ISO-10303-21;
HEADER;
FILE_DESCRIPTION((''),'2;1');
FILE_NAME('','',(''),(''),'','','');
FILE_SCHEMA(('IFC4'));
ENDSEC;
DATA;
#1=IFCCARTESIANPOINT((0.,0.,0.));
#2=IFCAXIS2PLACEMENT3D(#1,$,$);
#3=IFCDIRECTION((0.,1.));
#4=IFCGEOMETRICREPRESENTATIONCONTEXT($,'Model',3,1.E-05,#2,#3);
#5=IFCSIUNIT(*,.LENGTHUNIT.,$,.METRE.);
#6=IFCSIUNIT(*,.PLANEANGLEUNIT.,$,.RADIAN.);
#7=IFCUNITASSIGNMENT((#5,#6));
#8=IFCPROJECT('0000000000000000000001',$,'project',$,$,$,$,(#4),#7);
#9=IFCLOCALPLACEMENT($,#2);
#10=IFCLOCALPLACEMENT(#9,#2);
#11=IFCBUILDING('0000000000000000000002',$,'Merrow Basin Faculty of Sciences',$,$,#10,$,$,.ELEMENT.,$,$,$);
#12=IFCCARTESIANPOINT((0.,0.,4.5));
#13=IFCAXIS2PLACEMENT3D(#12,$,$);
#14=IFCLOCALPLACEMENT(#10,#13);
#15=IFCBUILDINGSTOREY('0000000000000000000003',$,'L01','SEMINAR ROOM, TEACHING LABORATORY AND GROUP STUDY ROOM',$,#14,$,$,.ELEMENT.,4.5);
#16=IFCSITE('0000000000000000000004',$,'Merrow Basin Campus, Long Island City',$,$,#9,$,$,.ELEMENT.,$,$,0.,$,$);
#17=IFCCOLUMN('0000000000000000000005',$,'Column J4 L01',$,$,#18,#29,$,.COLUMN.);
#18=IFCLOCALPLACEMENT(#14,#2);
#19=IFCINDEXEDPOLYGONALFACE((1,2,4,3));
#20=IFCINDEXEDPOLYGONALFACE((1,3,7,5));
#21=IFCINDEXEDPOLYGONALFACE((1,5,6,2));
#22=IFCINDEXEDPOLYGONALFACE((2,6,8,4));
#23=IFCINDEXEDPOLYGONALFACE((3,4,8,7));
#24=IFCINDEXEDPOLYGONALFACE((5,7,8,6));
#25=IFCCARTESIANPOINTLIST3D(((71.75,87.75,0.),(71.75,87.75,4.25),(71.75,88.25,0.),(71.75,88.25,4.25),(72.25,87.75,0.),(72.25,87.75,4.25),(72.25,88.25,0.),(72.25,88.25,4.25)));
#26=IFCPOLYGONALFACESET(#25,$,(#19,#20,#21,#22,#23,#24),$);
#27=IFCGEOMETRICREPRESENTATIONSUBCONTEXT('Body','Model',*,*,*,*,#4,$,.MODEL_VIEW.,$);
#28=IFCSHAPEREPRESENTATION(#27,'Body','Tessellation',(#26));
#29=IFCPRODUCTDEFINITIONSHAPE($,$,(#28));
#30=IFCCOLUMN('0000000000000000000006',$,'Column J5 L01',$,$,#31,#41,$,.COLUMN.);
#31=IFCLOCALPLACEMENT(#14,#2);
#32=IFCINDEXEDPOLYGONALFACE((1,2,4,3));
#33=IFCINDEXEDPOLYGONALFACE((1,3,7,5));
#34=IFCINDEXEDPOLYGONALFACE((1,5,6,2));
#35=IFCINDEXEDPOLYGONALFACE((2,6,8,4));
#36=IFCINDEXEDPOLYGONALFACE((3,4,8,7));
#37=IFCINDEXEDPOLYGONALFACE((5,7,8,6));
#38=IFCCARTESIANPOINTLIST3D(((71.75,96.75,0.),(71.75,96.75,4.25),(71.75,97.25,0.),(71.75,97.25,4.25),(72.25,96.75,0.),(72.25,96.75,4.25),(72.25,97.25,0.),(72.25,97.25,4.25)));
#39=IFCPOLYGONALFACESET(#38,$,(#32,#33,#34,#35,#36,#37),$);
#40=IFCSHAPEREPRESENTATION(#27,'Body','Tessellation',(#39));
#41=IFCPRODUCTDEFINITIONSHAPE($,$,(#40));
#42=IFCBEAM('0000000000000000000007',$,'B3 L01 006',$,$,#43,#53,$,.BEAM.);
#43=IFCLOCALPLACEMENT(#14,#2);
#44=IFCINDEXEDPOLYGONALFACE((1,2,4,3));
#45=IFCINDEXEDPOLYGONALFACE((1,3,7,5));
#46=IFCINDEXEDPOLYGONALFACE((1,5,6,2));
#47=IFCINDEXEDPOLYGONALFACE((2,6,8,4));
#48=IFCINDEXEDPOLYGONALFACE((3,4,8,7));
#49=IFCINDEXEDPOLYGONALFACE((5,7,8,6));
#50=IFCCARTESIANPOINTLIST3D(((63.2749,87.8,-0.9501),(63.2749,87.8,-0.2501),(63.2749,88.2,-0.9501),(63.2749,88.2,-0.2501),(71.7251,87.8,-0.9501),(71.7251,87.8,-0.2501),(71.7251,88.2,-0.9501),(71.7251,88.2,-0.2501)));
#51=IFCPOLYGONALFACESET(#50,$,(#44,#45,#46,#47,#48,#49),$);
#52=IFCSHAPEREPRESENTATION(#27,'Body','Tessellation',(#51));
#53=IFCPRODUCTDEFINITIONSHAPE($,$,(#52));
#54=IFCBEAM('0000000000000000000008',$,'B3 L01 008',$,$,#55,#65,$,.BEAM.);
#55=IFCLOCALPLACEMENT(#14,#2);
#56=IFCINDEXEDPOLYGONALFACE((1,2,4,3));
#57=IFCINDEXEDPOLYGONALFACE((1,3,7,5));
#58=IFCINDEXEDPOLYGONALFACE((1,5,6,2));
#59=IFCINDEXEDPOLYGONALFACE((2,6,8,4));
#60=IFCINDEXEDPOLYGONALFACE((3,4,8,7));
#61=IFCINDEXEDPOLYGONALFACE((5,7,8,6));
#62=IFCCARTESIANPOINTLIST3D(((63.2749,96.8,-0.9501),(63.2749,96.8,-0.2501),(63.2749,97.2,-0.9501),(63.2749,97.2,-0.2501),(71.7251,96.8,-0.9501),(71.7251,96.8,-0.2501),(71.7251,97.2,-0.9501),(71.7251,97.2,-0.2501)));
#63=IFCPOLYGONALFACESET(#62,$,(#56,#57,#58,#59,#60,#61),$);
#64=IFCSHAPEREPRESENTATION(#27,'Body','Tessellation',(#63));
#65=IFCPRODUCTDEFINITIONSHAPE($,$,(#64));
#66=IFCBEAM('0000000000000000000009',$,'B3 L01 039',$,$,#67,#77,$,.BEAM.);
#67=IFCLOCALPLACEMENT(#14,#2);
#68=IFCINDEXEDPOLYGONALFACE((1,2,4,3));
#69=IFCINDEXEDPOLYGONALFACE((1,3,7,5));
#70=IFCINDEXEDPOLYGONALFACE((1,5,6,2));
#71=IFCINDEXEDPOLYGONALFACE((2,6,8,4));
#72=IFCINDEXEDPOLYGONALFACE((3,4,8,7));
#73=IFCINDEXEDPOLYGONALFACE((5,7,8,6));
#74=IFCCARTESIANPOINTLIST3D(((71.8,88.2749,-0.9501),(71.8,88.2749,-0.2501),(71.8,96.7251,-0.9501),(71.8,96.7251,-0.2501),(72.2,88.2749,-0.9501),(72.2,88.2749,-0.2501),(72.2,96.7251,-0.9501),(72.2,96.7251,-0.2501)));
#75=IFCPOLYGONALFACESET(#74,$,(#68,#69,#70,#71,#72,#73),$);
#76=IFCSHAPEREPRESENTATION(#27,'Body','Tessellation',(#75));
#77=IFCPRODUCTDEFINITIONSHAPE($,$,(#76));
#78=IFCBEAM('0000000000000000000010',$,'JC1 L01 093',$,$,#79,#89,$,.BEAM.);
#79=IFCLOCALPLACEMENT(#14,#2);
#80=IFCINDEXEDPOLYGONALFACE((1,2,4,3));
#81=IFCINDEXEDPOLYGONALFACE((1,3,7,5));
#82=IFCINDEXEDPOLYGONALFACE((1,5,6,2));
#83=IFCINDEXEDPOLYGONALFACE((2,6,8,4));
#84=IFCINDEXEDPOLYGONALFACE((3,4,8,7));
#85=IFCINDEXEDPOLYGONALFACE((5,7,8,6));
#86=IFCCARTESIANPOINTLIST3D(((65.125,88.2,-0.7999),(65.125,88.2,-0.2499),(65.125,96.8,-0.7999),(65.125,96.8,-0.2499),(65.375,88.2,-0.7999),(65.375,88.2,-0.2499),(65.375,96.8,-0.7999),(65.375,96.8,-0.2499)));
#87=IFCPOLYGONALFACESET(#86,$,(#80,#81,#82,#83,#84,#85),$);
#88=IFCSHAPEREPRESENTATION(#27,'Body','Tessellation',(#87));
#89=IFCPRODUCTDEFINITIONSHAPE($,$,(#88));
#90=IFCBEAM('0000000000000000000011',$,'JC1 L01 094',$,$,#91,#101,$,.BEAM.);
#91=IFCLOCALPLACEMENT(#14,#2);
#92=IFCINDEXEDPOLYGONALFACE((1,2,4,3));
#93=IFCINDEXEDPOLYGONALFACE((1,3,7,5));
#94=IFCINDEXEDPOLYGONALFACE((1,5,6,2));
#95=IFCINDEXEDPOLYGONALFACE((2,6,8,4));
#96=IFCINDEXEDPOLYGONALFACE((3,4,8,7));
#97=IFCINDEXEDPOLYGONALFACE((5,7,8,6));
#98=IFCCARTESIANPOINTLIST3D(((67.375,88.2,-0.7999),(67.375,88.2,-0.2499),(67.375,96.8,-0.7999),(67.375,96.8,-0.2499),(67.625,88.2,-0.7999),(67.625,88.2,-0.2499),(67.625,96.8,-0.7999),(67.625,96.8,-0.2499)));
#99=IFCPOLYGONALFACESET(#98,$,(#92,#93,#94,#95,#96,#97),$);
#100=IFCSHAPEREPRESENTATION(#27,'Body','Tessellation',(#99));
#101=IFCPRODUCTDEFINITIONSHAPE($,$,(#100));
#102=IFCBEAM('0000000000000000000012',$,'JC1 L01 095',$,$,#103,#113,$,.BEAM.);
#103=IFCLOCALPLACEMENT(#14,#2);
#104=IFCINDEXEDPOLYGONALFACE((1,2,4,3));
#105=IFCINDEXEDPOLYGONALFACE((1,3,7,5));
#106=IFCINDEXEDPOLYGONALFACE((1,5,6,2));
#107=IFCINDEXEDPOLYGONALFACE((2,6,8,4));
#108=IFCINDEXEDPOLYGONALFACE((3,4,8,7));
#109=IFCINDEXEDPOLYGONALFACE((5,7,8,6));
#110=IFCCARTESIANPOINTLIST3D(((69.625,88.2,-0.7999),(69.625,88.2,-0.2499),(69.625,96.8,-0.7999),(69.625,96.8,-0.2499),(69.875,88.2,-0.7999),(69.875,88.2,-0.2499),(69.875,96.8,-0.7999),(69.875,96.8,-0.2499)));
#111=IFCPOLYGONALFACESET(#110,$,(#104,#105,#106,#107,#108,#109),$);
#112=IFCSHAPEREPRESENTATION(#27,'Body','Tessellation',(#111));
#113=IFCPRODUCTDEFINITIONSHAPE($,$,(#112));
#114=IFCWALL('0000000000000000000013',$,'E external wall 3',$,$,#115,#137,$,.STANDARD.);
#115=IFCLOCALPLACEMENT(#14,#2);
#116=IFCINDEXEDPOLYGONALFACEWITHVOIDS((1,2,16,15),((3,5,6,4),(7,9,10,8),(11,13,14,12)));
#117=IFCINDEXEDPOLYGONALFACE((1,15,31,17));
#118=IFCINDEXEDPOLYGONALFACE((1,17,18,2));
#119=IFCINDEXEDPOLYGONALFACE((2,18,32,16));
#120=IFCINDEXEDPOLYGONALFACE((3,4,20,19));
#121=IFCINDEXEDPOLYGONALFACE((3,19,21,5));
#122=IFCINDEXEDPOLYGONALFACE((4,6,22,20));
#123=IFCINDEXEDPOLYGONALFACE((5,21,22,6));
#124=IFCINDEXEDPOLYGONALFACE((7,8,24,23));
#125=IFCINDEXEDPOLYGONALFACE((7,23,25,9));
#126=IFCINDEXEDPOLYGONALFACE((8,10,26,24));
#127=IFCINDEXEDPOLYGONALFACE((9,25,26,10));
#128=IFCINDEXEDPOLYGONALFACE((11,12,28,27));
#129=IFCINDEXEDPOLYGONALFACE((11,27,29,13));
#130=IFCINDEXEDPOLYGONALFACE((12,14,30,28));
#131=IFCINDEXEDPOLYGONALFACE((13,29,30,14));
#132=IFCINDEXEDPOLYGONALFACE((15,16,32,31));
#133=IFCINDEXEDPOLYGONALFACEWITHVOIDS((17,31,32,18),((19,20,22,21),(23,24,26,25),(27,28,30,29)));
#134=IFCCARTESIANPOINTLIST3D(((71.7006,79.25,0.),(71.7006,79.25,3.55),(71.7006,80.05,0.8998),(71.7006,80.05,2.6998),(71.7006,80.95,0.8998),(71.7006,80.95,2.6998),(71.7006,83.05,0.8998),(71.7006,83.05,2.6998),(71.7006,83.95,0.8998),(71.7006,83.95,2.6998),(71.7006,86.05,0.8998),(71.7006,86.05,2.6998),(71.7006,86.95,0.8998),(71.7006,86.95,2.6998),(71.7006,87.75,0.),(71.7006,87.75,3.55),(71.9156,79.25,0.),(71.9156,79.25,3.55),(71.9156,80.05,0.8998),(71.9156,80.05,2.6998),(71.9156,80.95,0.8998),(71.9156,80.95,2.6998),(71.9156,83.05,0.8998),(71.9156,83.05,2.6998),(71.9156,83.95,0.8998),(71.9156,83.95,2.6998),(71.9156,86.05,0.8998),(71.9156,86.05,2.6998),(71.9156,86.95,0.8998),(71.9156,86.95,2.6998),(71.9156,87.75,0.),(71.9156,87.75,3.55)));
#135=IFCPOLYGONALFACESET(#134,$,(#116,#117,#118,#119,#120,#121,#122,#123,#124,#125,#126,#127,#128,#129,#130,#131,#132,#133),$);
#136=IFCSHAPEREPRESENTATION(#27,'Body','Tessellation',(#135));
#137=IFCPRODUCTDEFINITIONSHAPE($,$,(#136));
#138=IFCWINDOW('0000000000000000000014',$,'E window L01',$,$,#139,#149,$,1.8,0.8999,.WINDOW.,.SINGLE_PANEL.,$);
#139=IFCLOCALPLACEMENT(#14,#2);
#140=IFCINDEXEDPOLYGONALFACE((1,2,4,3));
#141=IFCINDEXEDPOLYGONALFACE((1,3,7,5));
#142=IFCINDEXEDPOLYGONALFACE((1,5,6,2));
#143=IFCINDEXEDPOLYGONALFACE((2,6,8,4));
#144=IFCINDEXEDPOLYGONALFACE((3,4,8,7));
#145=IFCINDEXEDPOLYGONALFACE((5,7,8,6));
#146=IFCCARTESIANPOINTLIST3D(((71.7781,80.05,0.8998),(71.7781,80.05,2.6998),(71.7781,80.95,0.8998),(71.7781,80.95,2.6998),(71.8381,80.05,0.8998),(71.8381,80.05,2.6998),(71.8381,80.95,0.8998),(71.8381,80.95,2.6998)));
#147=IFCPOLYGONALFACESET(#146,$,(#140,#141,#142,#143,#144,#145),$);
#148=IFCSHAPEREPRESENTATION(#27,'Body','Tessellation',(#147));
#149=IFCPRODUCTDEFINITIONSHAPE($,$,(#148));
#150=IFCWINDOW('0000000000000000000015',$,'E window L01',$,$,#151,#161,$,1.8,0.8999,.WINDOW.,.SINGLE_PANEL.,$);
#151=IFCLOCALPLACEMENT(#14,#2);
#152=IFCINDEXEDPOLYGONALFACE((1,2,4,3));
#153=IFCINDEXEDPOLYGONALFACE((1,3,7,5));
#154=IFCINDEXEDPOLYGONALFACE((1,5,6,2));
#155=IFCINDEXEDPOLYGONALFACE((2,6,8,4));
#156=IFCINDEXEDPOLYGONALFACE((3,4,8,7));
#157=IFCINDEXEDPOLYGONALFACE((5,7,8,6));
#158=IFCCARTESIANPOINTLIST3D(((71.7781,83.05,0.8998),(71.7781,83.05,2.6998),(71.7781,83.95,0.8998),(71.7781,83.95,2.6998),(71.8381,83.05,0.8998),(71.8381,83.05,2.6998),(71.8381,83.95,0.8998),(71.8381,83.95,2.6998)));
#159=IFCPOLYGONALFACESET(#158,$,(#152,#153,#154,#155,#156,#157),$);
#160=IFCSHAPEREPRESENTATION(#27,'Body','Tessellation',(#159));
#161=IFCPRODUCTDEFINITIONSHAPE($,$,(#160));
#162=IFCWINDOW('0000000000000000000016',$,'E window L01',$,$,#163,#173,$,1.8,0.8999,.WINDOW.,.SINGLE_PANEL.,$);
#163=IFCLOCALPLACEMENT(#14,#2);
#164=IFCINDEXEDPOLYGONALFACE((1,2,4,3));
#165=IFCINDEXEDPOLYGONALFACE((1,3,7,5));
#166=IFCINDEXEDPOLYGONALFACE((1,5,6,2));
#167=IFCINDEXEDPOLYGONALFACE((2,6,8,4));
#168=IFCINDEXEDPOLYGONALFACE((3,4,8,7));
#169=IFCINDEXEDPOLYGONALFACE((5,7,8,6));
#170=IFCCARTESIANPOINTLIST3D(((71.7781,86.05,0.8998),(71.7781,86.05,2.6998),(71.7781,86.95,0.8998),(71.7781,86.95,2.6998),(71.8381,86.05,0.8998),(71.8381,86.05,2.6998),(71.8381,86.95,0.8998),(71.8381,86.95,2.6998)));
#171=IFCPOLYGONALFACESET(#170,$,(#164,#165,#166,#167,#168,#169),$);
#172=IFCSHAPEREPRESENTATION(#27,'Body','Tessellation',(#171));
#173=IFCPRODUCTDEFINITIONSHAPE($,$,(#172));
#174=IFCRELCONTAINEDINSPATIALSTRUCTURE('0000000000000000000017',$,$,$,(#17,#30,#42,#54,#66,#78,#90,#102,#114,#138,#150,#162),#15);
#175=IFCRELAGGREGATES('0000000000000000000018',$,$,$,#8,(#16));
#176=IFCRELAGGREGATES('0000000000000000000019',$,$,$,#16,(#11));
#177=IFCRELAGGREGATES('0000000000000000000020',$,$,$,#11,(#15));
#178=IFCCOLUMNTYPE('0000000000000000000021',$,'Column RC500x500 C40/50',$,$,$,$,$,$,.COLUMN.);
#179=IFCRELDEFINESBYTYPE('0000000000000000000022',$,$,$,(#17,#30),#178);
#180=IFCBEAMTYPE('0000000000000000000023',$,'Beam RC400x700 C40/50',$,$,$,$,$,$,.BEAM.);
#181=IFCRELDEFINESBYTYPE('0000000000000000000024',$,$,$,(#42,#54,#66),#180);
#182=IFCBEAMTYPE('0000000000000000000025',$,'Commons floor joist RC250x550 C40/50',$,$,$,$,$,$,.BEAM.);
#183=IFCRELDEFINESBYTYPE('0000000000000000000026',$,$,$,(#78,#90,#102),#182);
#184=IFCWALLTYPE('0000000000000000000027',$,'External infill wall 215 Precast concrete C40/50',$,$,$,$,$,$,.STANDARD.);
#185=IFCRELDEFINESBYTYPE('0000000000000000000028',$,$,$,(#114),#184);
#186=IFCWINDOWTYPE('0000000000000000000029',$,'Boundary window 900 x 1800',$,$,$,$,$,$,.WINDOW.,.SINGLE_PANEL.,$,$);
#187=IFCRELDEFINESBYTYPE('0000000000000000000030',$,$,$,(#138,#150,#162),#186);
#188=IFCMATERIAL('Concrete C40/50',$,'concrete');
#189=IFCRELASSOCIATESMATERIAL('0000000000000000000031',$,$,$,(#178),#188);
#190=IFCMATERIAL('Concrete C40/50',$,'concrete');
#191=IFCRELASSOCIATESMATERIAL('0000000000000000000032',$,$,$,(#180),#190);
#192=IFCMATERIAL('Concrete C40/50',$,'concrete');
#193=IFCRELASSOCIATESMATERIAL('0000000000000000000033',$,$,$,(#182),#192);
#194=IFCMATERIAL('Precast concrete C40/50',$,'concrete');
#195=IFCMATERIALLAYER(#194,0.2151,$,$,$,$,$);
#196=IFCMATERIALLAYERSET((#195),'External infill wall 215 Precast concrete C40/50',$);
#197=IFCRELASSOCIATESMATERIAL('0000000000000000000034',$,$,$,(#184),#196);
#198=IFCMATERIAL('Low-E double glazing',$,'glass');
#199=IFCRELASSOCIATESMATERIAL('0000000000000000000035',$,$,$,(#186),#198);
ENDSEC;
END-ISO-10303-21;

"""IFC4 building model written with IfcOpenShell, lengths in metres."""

from ifc_helpers import new_model, si_unit, direction, frame, frame_2d, origin, origin_2d, place, context, subcontext, project, spatial, rectangle, extrude, material, layer, layer_set, material_profile, profile_set, type_object, element, fill, save


model = new_model("IFC4")

# Units and contexts
model_context = context("Model", 3, precision=1e-05, world=origin(), true_north=direction((0.0, 1.0)))
body_context = subcontext(model_context, "Body", "Model", "MODEL_VIEW")
ifc_project = project(units=[si_unit("LENGTHUNIT", "METRE"), si_unit("PLANEANGLEUNIT", "RADIAN")], contexts=[model_context])

# Site, building, storey
site_placement = place(None, origin())
site = spatial("IfcSite", under=ifc_project, at=site_placement, Name="Merrow Basin Campus, Long Island City", CompositionType="ELEMENT", RefElevation=0.0)
building_placement = place(site_placement, origin())
building = spatial("IfcBuilding", under=site, at=building_placement, Name="Merrow Basin Faculty of Sciences", CompositionType="ELEMENT")
storey_placement = place(building_placement, frame((0.0, 0.0, 4.5)))
storey = spatial("IfcBuildingStorey", under=building, at=storey_placement, Name="L01", Description="SEMINAR ROOM, TEACHING LABORATORY AND GROUP STUDY ROOM", CompositionType="ELEMENT", Elevation=4.5)

# Columns
ifc_material_1 = material(Name="Concrete C40/50", Category="concrete")
ifc_material_profile_1 = material_profile(ifc_material_1, rectangle(XDim=0.5, YDim=0.5, at=origin_2d()))
ifc_profile_set_1 = profile_set([ifc_material_profile_1], Name="Concrete C40/50")
column_type = type_object("IfcColumnType", Name="Column RC500x500 C40/50", PredefinedType="COLUMN", material=ifc_profile_set_1)
for number, where, z_axis, x_axis, name in (
    (1, (72.0, 88.0, 0.0), (0.0, 0.0, 1.0), (1.0, 0.0, 0.0), "Column J4 L01"),
    (2, (72.0, 97.0, 0.0), (0.0, 0.0, 1.0), (1.0, 0.0, 0.0), "Column J5 L01"),
):
    element("IfcColumn", number, at=place(storey_placement, frame(where, z_axis=z_axis, x_axis=x_axis)), inside=storey, type_object=column_type, Name=name, PredefinedType="COLUMN", context=body_context, shape_type="SweptSolid", body=[
        extrude(rectangle(XDim=0.5, YDim=0.5, at=origin_2d()), origin(), (0.0, 0.0, 1.0), 4.25),
    ])

# Beams
ifc_material_2 = material(Name="Concrete C40/50", Category="concrete")
ifc_material_profile_2 = material_profile(ifc_material_2, rectangle(XDim=0.3999, YDim=0.7, at=origin_2d()))
ifc_profile_set_2 = profile_set([ifc_material_profile_2], Name="Concrete C40/50")
beam_type_1 = type_object("IfcBeamType", Name="Beam RC400x700 C40/50", PredefinedType="BEAM", material=ifc_profile_set_2)
for number, where, z_axis, x_axis, name in (
    (3, (63.2749, 88.0, -0.6001), (1.0, 0.0, 0.0), (0.0, 1.0, 0.0), "B3 L01 006"),
    (4, (63.2749, 97.0, -0.6001), (1.0, 0.0, 0.0), (0.0, 1.0, 0.0), "B3 L01 008"),
    (5, (72.0, 88.2749, -0.6001), (0.0, 1.0, 0.0), (-1.0, 0.0, 0.0), "B3 L01 039"),
):
    element("IfcBeam", number, at=place(storey_placement, frame(where, z_axis=z_axis, x_axis=x_axis)), inside=storey, type_object=beam_type_1, Name=name, PredefinedType="BEAM", context=body_context, shape_type="SweptSolid", body=[
        extrude(rectangle(XDim=0.3999, YDim=0.7, at=origin_2d()), origin(), (0.0, 0.0, 1.0), 8.4502),
    ])
ifc_material_3 = material(Name="Concrete C40/50", Category="concrete")
ifc_material_profile_3 = material_profile(ifc_material_3, rectangle(XDim=0.25, YDim=0.55, at=origin_2d()))
ifc_profile_set_3 = profile_set([ifc_material_profile_3], Name="Concrete C40/50")
beam_type_2 = type_object("IfcBeamType", Name="Commons floor joist RC250x550 C40/50", PredefinedType="BEAM", material=ifc_profile_set_3)
for number, where, z_axis, x_axis, name in (
    (6, (65.25, 88.2, -0.5249), (0.0, 1.0, 0.0), (-1.0, 0.0, 0.0), "JC1 L01 093"),
    (7, (67.5, 88.2, -0.5249), (0.0, 1.0, 0.0), (-1.0, 0.0, 0.0), "JC1 L01 094"),
    (8, (69.75, 88.2, -0.5249), (0.0, 1.0, 0.0), (-1.0, 0.0, 0.0), "JC1 L01 095"),
):
    element("IfcBeam", number, at=place(storey_placement, frame(where, z_axis=z_axis, x_axis=x_axis)), inside=storey, type_object=beam_type_2, Name=name, PredefinedType="BEAM", context=body_context, shape_type="SweptSolid", body=[
        extrude(rectangle(XDim=0.25, YDim=0.55, at=origin_2d()), origin(), (0.0, 0.0, 1.0), 8.6001),
    ])

# Wall, openings, windows
ifc_material_4 = material(Name="Precast concrete C40/50", Category="concrete")
ifc_layer_1 = layer(ifc_material_4, 0.2151)
ifc_layer_set_1 = layer_set([ifc_layer_1], Name="External infill wall 215 Precast concrete C40/50")
wall_type_1 = type_object("IfcWallType", Name="External infill wall 215 Precast concrete C40/50", PredefinedType="STANDARD", material=ifc_layer_set_1)
wall_1_placement = place(storey_placement, frame((71.8081, 87.75, 0.0), z_axis=(0.0, 0.0, 1.0), x_axis=(0.0, -1.0, 0.0)))
wall_1 = element("IfcWall", 9, at=wall_1_placement, inside=storey, type_object=wall_type_1, Name="E external wall 3", PredefinedType="STANDARD", context=body_context, shape_type="SweptSolid", body=[
    extrude(rectangle(XDim=8.5, YDim=0.2151, at=frame_2d((4.25, 0.0))), origin(), (0.0, 0.0, 1.0), 3.55),
])
opening_1_placement = place(wall_1_placement, frame((6.8, 0.0, 0.8999)))
opening_1 = element("IfcOpeningElement", 10, at=opening_1_placement, cuts=wall_1, PredefinedType="OPENING", context=body_context, shape_type="SweptSolid", body=[
    extrude(rectangle(XDim=0.8999, YDim=1.8, at=frame_2d((0.45, 0.8999))), frame((0.0, 0.1174, 0.0), z_axis=(0.0, -1.0, 0.0), x_axis=(1.0, 0.0, 0.0)), (0.0, 0.0, 1.0), 0.2351),
])
opening_2_placement = place(wall_1_placement, frame((3.8, 0.0, 0.8999)))
opening_2 = element("IfcOpeningElement", 11, at=opening_2_placement, cuts=wall_1, PredefinedType="OPENING", context=body_context, shape_type="SweptSolid", body=[
    extrude(rectangle(XDim=0.8999, YDim=1.8, at=frame_2d((0.45, 0.8999))), frame((0.0, 0.1174, 0.0), z_axis=(0.0, -1.0, 0.0), x_axis=(1.0, 0.0, 0.0)), (0.0, 0.0, 1.0), 0.2351),
])
opening_3_placement = place(wall_1_placement, frame((0.8, 0.0, 0.8999)))
opening_3 = element("IfcOpeningElement", 12, at=opening_3_placement, cuts=wall_1, PredefinedType="OPENING", context=body_context, shape_type="SweptSolid", body=[
    extrude(rectangle(XDim=0.8999, YDim=1.8, at=frame_2d((0.45, 0.8999))), frame((0.0, 0.1174, 0.0), z_axis=(0.0, -1.0, 0.0), x_axis=(1.0, 0.0, 0.0)), (0.0, 0.0, 1.0), 0.2351),
])
ifc_material_5 = material(Name="Low-E double glazing", Category="glass")
window_type = type_object("IfcWindowType", Name="Boundary window 900 x 1800", PartitioningType="SINGLE_PANEL", PredefinedType="WINDOW", material=ifc_material_5)
window_1_placement = place(opening_1_placement, origin())
window_1 = element("IfcWindow", 13, at=window_1_placement, inside=storey, type_object=window_type, Name="E window L01", OverallHeight=1.8, OverallWidth=0.8999, PartitioningType="SINGLE_PANEL", PredefinedType="WINDOW", context=body_context, shape_type="SweptSolid", body=[
    extrude(rectangle(XDim=0.8999, YDim=1.8, at=frame_2d((0.45, 0.8999))), frame((0.0, 0.03, 0.0), z_axis=(0.0, -1.0, 0.0), x_axis=(1.0, 0.0, 0.0)), (0.0, 0.0, 1.0), 0.0601),
])
fill(opening_1, window_1)
window_2_placement = place(opening_2_placement, origin())
window_2 = element("IfcWindow", 14, at=window_2_placement, inside=storey, type_object=window_type, Name="E window L01", OverallHeight=1.8, OverallWidth=0.8999, PartitioningType="SINGLE_PANEL", PredefinedType="WINDOW", context=body_context, shape_type="SweptSolid", body=[
    extrude(rectangle(XDim=0.8999, YDim=1.8, at=frame_2d((0.45, 0.8999))), frame((0.0, 0.03, 0.0), z_axis=(0.0, -1.0, 0.0), x_axis=(1.0, 0.0, 0.0)), (0.0, 0.0, 1.0), 0.0601),
])
fill(opening_2, window_2)
window_3_placement = place(opening_3_placement, origin())
window_3 = element("IfcWindow", 15, at=window_3_placement, inside=storey, type_object=window_type, Name="E window L01", OverallHeight=1.8, OverallWidth=0.8999, PartitioningType="SINGLE_PANEL", PredefinedType="WINDOW", context=body_context, shape_type="SweptSolid", body=[
    extrude(rectangle(XDim=0.8999, YDim=1.8, at=frame_2d((0.45, 0.8999))), frame((0.0, 0.03, 0.0), z_axis=(0.0, -1.0, 0.0), x_axis=(1.0, 0.0, 0.0)), (0.0, 0.0, 1.0), 0.0601),
])
fill(opening_3, window_3)

save(model, "model.ifc")
